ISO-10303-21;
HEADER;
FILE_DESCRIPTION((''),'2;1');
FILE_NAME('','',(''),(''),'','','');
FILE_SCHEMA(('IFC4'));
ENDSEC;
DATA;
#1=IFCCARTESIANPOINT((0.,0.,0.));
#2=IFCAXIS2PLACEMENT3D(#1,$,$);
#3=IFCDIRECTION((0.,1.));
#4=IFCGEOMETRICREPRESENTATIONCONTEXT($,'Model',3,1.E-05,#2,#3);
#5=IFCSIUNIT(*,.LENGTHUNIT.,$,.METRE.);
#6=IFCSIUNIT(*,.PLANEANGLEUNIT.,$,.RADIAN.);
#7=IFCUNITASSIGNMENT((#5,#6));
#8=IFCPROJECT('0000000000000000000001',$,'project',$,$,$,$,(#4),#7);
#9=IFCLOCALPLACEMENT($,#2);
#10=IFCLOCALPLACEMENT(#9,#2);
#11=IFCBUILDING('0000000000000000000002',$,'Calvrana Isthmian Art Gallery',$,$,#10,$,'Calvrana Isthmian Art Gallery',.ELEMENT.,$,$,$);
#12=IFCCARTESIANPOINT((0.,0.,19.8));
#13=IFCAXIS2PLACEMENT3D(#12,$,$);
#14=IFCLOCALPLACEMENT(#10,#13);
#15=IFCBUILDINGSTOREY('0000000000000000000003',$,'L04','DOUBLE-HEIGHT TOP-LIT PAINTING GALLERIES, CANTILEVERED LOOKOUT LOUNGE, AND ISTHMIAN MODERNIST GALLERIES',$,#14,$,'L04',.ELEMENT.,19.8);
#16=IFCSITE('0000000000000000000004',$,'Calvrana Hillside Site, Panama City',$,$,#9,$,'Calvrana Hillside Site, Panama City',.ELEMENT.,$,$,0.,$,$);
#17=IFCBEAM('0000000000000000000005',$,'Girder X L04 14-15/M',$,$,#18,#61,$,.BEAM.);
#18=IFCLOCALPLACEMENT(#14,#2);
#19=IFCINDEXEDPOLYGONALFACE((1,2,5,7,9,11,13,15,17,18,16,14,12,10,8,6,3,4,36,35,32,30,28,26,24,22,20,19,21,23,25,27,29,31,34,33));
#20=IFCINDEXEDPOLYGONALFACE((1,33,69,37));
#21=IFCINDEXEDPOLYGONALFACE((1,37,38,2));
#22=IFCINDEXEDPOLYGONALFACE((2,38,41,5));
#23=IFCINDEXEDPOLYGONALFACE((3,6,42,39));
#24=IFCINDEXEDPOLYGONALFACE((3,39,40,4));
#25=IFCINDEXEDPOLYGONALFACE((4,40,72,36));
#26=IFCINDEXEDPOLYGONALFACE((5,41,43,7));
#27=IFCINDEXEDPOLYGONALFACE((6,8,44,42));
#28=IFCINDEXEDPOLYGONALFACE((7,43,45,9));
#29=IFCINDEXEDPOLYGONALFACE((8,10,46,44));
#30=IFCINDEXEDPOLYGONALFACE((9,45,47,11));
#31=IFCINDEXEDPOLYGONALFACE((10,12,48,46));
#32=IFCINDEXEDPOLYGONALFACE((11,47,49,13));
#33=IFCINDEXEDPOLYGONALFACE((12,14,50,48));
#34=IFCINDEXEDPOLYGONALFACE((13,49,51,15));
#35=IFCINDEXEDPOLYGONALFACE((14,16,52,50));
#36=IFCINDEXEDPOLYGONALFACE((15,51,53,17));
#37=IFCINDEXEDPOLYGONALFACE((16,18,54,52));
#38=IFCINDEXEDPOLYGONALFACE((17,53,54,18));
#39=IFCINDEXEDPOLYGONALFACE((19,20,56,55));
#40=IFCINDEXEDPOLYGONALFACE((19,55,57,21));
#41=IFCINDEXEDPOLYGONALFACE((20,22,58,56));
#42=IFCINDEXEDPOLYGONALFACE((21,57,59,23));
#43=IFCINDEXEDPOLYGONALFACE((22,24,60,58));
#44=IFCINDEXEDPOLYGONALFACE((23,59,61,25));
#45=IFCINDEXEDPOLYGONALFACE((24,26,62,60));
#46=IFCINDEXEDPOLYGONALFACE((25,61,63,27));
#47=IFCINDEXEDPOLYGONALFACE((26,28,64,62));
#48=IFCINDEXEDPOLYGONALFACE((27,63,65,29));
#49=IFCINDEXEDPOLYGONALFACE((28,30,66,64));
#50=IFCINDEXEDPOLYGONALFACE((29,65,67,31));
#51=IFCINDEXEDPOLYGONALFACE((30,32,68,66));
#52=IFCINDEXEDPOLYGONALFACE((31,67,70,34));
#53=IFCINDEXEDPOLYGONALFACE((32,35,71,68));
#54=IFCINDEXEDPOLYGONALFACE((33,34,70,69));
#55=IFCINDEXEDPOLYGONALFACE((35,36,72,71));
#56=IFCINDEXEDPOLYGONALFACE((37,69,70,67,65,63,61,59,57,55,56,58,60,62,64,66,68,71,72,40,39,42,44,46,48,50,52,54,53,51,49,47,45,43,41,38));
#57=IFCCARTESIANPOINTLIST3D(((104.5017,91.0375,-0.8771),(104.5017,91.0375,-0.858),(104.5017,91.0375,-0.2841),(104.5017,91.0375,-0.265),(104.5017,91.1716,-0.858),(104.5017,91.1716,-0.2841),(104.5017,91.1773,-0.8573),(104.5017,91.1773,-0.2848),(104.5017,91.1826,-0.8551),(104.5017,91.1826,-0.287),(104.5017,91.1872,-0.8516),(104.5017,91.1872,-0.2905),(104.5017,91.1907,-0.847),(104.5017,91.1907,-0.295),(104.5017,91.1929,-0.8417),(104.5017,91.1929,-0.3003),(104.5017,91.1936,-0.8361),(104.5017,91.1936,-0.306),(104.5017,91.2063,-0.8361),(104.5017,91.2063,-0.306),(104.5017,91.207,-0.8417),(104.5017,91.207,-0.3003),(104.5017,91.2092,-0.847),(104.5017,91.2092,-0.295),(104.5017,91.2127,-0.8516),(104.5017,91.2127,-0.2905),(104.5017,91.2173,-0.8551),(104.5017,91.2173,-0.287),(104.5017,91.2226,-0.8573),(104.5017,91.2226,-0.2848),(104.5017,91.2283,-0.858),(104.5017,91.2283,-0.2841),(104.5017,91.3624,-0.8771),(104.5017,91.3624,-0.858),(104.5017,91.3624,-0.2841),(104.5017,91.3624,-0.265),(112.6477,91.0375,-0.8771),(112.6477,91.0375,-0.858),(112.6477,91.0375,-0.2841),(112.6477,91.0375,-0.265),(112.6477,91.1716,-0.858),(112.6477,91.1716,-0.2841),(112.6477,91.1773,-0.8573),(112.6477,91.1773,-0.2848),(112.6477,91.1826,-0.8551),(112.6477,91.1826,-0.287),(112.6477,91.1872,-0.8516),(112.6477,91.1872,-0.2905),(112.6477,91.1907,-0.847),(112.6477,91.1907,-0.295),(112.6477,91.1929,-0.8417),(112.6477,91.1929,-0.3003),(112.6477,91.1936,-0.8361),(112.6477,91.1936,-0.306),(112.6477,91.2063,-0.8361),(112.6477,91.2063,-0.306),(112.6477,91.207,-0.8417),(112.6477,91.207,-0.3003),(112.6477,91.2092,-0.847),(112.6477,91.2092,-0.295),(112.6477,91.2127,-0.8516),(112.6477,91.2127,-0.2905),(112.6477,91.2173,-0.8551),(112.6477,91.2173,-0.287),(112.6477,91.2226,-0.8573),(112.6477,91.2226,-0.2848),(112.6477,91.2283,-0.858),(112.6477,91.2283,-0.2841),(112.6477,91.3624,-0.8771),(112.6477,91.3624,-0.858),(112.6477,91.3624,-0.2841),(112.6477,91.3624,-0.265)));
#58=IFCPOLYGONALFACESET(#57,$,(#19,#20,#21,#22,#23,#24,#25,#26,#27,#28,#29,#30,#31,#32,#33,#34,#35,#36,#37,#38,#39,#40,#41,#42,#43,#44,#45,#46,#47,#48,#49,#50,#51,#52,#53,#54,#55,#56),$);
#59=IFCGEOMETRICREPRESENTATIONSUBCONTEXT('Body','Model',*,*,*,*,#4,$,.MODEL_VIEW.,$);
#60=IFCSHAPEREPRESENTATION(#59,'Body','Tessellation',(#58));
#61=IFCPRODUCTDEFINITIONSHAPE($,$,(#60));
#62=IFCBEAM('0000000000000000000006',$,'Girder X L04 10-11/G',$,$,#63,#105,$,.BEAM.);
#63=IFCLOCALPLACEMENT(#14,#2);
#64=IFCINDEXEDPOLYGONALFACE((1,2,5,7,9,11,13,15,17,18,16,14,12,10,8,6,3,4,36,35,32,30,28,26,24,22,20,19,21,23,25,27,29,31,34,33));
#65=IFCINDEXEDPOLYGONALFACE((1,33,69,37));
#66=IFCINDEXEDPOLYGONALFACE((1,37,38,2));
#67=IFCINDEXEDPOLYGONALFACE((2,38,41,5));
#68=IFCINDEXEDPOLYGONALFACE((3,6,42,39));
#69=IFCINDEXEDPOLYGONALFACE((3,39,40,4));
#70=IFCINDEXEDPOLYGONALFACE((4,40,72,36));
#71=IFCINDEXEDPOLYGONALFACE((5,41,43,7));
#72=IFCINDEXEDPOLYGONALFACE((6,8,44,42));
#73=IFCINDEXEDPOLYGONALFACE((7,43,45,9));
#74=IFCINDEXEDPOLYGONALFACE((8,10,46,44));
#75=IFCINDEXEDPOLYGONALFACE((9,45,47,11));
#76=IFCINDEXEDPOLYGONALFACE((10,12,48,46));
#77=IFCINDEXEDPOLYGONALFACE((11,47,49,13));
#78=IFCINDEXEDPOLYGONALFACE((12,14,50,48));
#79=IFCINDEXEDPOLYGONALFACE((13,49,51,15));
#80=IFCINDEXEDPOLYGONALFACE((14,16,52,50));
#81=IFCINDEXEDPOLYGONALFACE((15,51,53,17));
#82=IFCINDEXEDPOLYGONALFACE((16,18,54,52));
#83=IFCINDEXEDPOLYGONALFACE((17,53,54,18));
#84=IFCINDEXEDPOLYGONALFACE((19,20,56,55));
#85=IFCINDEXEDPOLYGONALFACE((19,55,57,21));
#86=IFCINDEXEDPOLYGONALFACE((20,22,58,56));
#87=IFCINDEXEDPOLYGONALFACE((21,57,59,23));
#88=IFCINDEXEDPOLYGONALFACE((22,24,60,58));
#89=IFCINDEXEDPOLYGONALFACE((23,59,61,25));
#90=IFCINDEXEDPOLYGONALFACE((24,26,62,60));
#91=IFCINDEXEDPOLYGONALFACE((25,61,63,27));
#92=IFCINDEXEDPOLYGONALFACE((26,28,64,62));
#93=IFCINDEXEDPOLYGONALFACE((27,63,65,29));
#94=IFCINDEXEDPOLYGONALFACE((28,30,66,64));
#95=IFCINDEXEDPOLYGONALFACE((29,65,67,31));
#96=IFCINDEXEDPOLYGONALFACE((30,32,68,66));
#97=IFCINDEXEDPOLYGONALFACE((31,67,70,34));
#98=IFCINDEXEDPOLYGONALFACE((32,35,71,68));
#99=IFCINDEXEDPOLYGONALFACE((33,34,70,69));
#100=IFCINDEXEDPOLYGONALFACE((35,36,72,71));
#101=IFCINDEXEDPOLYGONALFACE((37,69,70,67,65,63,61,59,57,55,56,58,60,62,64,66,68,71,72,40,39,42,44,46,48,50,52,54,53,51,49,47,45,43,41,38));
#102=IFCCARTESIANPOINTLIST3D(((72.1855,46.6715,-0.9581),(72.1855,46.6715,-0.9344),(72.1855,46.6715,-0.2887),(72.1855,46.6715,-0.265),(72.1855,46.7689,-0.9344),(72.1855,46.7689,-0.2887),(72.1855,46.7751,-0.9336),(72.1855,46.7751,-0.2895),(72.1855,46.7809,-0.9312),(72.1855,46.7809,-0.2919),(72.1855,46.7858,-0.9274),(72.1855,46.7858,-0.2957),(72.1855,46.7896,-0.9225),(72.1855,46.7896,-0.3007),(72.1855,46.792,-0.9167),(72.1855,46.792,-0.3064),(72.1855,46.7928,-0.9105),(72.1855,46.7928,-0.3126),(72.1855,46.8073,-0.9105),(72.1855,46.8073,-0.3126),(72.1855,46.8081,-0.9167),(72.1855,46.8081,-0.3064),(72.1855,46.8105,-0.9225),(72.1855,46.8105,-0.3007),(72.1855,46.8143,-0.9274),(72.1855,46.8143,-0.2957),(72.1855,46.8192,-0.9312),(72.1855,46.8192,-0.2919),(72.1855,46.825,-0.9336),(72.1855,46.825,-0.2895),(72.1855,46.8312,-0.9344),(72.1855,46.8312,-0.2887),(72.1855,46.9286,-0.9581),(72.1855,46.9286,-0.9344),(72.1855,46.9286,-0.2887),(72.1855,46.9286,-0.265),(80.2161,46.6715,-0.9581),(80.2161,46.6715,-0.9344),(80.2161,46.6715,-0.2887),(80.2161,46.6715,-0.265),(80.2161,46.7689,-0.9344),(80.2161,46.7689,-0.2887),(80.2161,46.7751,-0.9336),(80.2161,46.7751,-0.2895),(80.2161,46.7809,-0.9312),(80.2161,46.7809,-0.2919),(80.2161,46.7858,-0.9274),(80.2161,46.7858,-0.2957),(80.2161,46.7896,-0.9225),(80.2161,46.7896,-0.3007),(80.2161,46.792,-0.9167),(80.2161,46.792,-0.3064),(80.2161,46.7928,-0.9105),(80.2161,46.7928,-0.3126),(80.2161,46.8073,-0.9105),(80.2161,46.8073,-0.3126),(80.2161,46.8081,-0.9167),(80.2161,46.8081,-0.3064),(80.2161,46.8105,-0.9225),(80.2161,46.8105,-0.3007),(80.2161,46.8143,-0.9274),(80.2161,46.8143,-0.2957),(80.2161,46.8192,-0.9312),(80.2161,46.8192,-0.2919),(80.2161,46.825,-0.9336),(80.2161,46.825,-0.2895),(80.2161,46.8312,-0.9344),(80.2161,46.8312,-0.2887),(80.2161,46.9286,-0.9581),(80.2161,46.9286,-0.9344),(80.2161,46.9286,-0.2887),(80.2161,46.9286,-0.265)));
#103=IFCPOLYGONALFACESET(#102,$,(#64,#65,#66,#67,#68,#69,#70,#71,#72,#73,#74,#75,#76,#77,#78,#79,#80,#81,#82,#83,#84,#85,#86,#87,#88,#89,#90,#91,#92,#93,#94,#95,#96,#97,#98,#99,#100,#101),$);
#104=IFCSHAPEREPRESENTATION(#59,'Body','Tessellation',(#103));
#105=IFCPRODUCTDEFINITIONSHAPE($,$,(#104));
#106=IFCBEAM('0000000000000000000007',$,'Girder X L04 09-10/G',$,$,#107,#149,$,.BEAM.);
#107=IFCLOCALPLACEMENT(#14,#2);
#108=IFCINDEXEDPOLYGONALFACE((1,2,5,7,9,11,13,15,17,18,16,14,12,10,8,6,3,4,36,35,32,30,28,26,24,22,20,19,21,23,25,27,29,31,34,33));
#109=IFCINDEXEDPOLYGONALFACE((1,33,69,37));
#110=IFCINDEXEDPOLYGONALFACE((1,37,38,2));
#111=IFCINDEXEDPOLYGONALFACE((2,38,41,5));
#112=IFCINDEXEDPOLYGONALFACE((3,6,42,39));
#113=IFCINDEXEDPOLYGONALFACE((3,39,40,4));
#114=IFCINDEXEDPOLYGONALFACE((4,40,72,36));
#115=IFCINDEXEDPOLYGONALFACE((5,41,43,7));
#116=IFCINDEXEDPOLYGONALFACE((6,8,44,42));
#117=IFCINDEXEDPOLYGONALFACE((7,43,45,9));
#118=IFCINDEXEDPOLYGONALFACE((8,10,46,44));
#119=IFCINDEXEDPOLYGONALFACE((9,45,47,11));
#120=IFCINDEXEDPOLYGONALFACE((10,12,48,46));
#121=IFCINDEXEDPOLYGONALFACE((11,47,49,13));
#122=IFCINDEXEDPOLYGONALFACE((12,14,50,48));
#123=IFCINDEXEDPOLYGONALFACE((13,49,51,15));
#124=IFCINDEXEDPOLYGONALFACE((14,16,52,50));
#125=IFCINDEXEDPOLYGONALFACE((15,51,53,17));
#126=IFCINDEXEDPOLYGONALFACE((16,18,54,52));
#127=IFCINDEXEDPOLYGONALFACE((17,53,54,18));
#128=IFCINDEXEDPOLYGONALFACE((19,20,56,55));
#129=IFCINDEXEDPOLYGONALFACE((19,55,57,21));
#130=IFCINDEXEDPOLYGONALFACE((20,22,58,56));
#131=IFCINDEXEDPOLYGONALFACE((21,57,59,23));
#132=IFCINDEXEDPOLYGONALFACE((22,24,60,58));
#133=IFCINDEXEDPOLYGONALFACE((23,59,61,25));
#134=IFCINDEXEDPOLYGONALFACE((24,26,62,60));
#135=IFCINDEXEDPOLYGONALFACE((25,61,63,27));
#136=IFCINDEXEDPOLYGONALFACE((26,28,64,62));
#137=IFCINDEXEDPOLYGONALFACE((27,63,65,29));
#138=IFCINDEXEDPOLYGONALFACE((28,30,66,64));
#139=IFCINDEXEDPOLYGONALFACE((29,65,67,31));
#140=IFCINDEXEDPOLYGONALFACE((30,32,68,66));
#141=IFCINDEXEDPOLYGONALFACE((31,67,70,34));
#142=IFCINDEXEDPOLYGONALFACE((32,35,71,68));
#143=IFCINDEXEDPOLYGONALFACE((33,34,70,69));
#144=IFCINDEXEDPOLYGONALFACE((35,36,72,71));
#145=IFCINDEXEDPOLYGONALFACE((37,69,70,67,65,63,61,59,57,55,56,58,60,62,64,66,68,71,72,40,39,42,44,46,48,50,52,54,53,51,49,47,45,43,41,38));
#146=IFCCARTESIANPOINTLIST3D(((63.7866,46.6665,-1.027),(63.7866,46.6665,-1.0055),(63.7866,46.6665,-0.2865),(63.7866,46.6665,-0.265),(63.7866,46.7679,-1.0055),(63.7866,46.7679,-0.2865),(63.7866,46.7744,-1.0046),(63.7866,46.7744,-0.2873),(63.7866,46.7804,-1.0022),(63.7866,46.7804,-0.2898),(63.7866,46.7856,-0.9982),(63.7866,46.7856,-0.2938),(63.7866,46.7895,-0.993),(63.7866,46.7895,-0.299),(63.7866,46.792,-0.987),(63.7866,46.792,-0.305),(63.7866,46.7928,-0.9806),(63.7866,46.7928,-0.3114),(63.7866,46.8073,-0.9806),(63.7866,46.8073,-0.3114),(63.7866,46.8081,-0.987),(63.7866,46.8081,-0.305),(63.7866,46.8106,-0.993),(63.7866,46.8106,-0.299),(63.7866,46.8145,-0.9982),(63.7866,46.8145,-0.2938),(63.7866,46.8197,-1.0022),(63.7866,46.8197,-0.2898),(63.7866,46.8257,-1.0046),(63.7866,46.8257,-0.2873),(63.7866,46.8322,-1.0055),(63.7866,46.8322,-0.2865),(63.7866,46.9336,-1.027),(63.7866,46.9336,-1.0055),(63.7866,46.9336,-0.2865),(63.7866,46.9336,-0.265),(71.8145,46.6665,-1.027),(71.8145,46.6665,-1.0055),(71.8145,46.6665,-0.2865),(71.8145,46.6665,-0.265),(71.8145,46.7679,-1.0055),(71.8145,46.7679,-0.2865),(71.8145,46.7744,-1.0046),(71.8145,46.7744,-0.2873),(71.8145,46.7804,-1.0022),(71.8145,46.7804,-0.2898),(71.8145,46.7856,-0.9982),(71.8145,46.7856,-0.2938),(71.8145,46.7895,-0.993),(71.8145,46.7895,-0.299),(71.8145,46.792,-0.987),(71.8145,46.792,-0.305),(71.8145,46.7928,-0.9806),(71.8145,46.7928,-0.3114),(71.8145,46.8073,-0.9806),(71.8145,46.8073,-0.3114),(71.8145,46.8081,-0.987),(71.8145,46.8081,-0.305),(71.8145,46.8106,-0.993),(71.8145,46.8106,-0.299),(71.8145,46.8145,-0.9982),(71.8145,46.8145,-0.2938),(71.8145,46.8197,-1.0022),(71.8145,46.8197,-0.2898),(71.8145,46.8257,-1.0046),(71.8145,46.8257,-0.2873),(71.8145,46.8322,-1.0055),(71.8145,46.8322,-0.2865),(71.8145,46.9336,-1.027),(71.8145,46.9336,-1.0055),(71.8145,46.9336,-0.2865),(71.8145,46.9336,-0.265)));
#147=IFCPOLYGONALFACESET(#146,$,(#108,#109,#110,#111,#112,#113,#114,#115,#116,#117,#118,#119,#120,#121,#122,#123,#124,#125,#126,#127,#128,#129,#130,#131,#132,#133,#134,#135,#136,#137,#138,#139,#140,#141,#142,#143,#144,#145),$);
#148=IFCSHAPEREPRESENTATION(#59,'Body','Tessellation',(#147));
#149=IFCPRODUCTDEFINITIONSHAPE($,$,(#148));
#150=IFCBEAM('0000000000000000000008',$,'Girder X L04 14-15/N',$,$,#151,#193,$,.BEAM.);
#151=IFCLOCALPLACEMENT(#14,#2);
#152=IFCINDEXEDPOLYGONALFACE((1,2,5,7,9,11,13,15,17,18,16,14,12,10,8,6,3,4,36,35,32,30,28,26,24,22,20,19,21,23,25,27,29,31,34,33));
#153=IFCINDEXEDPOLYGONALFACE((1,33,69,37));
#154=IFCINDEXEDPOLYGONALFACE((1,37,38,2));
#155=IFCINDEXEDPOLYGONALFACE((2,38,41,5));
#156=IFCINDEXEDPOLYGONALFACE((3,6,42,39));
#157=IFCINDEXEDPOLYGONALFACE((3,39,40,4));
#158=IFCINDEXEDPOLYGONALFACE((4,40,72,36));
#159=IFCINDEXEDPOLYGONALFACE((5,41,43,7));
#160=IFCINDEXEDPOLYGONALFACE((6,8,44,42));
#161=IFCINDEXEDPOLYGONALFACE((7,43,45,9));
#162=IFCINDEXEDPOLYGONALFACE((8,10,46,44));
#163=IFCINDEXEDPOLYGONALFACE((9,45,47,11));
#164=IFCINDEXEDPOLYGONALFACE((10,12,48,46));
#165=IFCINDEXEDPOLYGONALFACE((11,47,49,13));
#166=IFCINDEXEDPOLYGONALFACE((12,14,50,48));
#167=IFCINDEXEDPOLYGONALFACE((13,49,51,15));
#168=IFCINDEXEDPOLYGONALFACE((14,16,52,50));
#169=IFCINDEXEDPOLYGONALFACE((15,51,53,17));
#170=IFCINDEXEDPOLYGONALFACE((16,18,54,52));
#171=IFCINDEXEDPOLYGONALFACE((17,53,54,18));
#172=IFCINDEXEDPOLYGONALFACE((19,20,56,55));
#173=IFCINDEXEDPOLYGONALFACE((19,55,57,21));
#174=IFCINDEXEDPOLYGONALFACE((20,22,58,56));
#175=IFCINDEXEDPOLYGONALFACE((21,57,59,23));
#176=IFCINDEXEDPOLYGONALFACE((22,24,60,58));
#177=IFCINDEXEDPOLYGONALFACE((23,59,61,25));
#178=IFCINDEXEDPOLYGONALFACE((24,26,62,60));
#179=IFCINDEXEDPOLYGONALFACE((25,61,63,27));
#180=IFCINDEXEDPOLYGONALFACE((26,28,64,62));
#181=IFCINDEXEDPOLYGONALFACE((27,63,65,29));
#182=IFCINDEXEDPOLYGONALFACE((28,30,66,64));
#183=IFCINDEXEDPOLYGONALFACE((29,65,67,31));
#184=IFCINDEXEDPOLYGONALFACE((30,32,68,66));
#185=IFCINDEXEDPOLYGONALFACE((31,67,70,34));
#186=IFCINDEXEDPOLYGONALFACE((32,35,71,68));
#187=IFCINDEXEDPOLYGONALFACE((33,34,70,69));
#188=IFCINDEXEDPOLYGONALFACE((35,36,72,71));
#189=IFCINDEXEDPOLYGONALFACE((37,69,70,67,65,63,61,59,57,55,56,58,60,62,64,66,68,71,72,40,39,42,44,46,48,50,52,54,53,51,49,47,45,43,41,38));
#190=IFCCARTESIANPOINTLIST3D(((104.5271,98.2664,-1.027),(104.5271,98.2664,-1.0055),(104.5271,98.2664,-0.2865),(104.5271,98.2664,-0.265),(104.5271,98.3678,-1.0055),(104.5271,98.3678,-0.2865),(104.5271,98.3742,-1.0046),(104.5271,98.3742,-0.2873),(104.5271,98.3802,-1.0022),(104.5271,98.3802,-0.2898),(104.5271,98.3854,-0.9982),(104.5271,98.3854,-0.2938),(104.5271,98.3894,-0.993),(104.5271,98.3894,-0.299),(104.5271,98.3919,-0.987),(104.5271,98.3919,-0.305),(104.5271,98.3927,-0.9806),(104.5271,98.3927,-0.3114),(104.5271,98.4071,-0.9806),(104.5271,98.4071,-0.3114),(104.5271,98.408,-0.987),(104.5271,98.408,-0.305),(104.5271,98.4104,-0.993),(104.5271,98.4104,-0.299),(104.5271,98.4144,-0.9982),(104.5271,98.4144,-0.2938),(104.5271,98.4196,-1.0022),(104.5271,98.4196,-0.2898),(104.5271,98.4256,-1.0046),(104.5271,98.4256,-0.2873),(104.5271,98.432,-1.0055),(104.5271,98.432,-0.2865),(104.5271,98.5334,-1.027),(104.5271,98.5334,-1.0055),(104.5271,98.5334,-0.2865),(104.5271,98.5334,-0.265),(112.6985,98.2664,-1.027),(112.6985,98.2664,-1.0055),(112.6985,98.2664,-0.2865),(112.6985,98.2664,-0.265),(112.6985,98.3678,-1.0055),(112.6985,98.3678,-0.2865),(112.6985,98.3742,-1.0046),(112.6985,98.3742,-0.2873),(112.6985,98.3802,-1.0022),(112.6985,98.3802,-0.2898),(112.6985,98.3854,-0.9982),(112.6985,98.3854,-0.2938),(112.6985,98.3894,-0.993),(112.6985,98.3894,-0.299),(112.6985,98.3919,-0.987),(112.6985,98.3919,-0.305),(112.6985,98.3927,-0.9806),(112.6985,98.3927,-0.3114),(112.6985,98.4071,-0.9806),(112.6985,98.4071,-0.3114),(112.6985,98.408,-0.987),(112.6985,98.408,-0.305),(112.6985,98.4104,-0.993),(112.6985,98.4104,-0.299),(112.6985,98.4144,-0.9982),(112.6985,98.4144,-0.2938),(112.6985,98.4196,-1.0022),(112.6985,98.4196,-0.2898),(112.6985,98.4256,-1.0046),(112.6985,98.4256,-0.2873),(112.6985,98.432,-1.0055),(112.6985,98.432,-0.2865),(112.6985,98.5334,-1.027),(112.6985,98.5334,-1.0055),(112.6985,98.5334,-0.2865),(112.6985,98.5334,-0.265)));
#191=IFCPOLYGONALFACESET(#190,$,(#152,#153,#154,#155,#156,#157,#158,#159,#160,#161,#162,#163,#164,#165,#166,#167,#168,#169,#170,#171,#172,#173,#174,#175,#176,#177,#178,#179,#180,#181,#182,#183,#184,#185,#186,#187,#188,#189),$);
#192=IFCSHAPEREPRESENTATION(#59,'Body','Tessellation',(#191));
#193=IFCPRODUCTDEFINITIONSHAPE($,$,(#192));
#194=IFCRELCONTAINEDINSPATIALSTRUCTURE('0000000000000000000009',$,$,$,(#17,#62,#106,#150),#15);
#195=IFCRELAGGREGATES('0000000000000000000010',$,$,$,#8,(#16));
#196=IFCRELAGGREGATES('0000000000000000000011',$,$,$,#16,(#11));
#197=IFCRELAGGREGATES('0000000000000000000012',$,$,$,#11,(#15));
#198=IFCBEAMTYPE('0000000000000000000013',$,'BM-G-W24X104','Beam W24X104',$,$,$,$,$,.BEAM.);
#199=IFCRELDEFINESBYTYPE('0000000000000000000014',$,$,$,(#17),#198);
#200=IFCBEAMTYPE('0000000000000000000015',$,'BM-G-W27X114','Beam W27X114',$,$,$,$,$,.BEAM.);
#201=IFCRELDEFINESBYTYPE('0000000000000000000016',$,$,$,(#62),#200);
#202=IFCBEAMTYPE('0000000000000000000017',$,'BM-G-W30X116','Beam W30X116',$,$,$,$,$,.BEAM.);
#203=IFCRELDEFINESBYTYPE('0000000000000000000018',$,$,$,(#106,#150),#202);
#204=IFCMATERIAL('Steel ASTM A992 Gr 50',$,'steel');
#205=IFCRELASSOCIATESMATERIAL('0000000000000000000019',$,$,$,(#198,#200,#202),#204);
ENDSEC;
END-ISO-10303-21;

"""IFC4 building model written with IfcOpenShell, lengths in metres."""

from ifc_helpers import new_model, si_unit, direction, frame, origin, origin_2d, place, context, subcontext, project, spatial, i_section, extrude, material, material_profile, profile_set, type_object, element, save


model = new_model("IFC4")

# Units and contexts
model_context = context("Model", 3, precision=1e-05, world=origin(), true_north=direction((0.0, 1.0)))
body_context = subcontext(model_context, "Body", "Model", "MODEL_VIEW")
ifc_project = project(units=[si_unit("LENGTHUNIT", "METRE"), si_unit("PLANEANGLEUNIT", "RADIAN")], contexts=[model_context])

# Site, building, storey
site_placement = place(None, origin())
site = spatial("IfcSite", under=ifc_project, at=site_placement, Name="Calvrana Hillside Site, Panama City", LongName="Calvrana Hillside Site, Panama City", CompositionType="ELEMENT", RefElevation=0.0)
building_placement = place(site_placement, origin())
building = spatial("IfcBuilding", under=site, at=building_placement, Name="Calvrana Isthmian Art Gallery", LongName="Calvrana Isthmian Art Gallery", CompositionType="ELEMENT")
storey_placement = place(building_placement, frame((0.0, 0.0, 19.8)))
storey = spatial("IfcBuildingStorey", under=building, at=storey_placement, Name="L04", Description="DOUBLE-HEIGHT TOP-LIT PAINTING GALLERIES, CANTILEVERED LOOKOUT LOUNGE, AND ISTHMIAN MODERNIST GALLERIES", LongName="L04", CompositionType="ELEMENT", Elevation=19.8)

# Shared definitions
ifc_material_1 = material(Name="Steel ASTM A992 Gr 50", Category="steel")

# Beams
ifc_material_profile_1 = material_profile(ifc_material_1, i_section(OverallWidth=0.325, OverallDepth=0.6121, WebThickness=0.0127, FlangeThickness=0.019, FilletRadius=0.022, at=origin_2d()), Name="W24X104")
ifc_profile_set_1 = profile_set([ifc_material_profile_1], Name="Steel ASTM A992 Gr 50")
beam_type_1 = type_object("IfcBeamType", Name="BM-G-W24X104", Description="Beam W24X104", PredefinedType="BEAM", material=ifc_profile_set_1)
beam_1_placement = place(storey_placement, frame((104.5017, 91.2, -0.571), z_axis=(1.0, 0.0, 0.0), x_axis=(0.0, 1.0, 0.0)))
element("IfcBeam", 1, at=beam_1_placement, inside=storey, type_object=beam_type_1, Name="Girder X L04 14-15/M", PredefinedType="BEAM", context=body_context, shape_type="SweptSolid", body=[
    extrude(i_section(OverallWidth=0.325, OverallDepth=0.6121, WebThickness=0.0127, FlangeThickness=0.019, FilletRadius=0.022, at=origin_2d()), origin(), (0.0, 0.0, 1.0), 8.146),
])
ifc_material_profile_2 = material_profile(ifc_material_1, i_section(OverallWidth=0.2571, OverallDepth=0.6931, WebThickness=0.0144, FlangeThickness=0.0237, FilletRadius=0.0239, at=origin_2d()), Name="W27X114")
ifc_profile_set_2 = profile_set([ifc_material_profile_2], Name="Steel ASTM A992 Gr 50")
beam_type_2 = type_object("IfcBeamType", Name="BM-G-W27X114", Description="Beam W27X114", PredefinedType="BEAM", material=ifc_profile_set_2)
beam_2_placement = place(storey_placement, frame((72.1855, 46.8, -0.6116), z_axis=(1.0, 0.0, 0.0), x_axis=(0.0, 1.0, 0.0)))
element("IfcBeam", 2, at=beam_2_placement, inside=storey, type_object=beam_type_2, Name="Girder X L04 10-11/G", PredefinedType="BEAM", context=body_context, shape_type="SweptSolid", body=[
    extrude(i_section(OverallWidth=0.2571, OverallDepth=0.6931, WebThickness=0.0144, FlangeThickness=0.0237, FilletRadius=0.0239, at=origin_2d()), origin(), (0.0, 0.0, 1.0), 8.0305),
])
ifc_material_profile_3 = material_profile(ifc_material_1, i_section(OverallWidth=0.2671, OverallDepth=0.762, WebThickness=0.0144, FlangeThickness=0.0215, FilletRadius=0.0249, at=origin_2d()), Name="W30X116")
ifc_profile_set_3 = profile_set([ifc_material_profile_3], Name="Steel ASTM A992 Gr 50")
beam_type_3 = type_object("IfcBeamType", Name="BM-G-W30X116", Description="Beam W30X116", PredefinedType="BEAM", material=ifc_profile_set_3)
beam_3_placement = place(storey_placement, frame((63.7866, 46.8, -0.646), z_axis=(1.0, 0.0, 0.0), x_axis=(0.0, 1.0, 0.0)))
element("IfcBeam", 3, at=beam_3_placement, inside=storey, type_object=beam_type_3, Name="Girder X L04 09-10/G", PredefinedType="BEAM", context=body_context, shape_type="SweptSolid", body=[
    extrude(i_section(OverallWidth=0.2671, OverallDepth=0.762, WebThickness=0.0144, FlangeThickness=0.0215, FilletRadius=0.0249, at=origin_2d()), origin(), (0.0, 0.0, 1.0), 8.0278),
])
beam_4_placement = place(storey_placement, frame((104.5271, 98.3999, -0.646), z_axis=(1.0, 0.0, 0.0), x_axis=(0.0, 1.0, 0.0)))
element("IfcBeam", 4, at=beam_4_placement, inside=storey, type_object=beam_type_3, Name="Girder X L04 14-15/N", PredefinedType="BEAM", context=body_context, shape_type="SweptSolid", body=[
    extrude(i_section(OverallWidth=0.2671, OverallDepth=0.762, WebThickness=0.0144, FlangeThickness=0.0215, FilletRadius=0.0249, at=origin_2d()), origin(), (0.0, 0.0, 1.0), 8.1714),
])

save(model, "model.ifc")
